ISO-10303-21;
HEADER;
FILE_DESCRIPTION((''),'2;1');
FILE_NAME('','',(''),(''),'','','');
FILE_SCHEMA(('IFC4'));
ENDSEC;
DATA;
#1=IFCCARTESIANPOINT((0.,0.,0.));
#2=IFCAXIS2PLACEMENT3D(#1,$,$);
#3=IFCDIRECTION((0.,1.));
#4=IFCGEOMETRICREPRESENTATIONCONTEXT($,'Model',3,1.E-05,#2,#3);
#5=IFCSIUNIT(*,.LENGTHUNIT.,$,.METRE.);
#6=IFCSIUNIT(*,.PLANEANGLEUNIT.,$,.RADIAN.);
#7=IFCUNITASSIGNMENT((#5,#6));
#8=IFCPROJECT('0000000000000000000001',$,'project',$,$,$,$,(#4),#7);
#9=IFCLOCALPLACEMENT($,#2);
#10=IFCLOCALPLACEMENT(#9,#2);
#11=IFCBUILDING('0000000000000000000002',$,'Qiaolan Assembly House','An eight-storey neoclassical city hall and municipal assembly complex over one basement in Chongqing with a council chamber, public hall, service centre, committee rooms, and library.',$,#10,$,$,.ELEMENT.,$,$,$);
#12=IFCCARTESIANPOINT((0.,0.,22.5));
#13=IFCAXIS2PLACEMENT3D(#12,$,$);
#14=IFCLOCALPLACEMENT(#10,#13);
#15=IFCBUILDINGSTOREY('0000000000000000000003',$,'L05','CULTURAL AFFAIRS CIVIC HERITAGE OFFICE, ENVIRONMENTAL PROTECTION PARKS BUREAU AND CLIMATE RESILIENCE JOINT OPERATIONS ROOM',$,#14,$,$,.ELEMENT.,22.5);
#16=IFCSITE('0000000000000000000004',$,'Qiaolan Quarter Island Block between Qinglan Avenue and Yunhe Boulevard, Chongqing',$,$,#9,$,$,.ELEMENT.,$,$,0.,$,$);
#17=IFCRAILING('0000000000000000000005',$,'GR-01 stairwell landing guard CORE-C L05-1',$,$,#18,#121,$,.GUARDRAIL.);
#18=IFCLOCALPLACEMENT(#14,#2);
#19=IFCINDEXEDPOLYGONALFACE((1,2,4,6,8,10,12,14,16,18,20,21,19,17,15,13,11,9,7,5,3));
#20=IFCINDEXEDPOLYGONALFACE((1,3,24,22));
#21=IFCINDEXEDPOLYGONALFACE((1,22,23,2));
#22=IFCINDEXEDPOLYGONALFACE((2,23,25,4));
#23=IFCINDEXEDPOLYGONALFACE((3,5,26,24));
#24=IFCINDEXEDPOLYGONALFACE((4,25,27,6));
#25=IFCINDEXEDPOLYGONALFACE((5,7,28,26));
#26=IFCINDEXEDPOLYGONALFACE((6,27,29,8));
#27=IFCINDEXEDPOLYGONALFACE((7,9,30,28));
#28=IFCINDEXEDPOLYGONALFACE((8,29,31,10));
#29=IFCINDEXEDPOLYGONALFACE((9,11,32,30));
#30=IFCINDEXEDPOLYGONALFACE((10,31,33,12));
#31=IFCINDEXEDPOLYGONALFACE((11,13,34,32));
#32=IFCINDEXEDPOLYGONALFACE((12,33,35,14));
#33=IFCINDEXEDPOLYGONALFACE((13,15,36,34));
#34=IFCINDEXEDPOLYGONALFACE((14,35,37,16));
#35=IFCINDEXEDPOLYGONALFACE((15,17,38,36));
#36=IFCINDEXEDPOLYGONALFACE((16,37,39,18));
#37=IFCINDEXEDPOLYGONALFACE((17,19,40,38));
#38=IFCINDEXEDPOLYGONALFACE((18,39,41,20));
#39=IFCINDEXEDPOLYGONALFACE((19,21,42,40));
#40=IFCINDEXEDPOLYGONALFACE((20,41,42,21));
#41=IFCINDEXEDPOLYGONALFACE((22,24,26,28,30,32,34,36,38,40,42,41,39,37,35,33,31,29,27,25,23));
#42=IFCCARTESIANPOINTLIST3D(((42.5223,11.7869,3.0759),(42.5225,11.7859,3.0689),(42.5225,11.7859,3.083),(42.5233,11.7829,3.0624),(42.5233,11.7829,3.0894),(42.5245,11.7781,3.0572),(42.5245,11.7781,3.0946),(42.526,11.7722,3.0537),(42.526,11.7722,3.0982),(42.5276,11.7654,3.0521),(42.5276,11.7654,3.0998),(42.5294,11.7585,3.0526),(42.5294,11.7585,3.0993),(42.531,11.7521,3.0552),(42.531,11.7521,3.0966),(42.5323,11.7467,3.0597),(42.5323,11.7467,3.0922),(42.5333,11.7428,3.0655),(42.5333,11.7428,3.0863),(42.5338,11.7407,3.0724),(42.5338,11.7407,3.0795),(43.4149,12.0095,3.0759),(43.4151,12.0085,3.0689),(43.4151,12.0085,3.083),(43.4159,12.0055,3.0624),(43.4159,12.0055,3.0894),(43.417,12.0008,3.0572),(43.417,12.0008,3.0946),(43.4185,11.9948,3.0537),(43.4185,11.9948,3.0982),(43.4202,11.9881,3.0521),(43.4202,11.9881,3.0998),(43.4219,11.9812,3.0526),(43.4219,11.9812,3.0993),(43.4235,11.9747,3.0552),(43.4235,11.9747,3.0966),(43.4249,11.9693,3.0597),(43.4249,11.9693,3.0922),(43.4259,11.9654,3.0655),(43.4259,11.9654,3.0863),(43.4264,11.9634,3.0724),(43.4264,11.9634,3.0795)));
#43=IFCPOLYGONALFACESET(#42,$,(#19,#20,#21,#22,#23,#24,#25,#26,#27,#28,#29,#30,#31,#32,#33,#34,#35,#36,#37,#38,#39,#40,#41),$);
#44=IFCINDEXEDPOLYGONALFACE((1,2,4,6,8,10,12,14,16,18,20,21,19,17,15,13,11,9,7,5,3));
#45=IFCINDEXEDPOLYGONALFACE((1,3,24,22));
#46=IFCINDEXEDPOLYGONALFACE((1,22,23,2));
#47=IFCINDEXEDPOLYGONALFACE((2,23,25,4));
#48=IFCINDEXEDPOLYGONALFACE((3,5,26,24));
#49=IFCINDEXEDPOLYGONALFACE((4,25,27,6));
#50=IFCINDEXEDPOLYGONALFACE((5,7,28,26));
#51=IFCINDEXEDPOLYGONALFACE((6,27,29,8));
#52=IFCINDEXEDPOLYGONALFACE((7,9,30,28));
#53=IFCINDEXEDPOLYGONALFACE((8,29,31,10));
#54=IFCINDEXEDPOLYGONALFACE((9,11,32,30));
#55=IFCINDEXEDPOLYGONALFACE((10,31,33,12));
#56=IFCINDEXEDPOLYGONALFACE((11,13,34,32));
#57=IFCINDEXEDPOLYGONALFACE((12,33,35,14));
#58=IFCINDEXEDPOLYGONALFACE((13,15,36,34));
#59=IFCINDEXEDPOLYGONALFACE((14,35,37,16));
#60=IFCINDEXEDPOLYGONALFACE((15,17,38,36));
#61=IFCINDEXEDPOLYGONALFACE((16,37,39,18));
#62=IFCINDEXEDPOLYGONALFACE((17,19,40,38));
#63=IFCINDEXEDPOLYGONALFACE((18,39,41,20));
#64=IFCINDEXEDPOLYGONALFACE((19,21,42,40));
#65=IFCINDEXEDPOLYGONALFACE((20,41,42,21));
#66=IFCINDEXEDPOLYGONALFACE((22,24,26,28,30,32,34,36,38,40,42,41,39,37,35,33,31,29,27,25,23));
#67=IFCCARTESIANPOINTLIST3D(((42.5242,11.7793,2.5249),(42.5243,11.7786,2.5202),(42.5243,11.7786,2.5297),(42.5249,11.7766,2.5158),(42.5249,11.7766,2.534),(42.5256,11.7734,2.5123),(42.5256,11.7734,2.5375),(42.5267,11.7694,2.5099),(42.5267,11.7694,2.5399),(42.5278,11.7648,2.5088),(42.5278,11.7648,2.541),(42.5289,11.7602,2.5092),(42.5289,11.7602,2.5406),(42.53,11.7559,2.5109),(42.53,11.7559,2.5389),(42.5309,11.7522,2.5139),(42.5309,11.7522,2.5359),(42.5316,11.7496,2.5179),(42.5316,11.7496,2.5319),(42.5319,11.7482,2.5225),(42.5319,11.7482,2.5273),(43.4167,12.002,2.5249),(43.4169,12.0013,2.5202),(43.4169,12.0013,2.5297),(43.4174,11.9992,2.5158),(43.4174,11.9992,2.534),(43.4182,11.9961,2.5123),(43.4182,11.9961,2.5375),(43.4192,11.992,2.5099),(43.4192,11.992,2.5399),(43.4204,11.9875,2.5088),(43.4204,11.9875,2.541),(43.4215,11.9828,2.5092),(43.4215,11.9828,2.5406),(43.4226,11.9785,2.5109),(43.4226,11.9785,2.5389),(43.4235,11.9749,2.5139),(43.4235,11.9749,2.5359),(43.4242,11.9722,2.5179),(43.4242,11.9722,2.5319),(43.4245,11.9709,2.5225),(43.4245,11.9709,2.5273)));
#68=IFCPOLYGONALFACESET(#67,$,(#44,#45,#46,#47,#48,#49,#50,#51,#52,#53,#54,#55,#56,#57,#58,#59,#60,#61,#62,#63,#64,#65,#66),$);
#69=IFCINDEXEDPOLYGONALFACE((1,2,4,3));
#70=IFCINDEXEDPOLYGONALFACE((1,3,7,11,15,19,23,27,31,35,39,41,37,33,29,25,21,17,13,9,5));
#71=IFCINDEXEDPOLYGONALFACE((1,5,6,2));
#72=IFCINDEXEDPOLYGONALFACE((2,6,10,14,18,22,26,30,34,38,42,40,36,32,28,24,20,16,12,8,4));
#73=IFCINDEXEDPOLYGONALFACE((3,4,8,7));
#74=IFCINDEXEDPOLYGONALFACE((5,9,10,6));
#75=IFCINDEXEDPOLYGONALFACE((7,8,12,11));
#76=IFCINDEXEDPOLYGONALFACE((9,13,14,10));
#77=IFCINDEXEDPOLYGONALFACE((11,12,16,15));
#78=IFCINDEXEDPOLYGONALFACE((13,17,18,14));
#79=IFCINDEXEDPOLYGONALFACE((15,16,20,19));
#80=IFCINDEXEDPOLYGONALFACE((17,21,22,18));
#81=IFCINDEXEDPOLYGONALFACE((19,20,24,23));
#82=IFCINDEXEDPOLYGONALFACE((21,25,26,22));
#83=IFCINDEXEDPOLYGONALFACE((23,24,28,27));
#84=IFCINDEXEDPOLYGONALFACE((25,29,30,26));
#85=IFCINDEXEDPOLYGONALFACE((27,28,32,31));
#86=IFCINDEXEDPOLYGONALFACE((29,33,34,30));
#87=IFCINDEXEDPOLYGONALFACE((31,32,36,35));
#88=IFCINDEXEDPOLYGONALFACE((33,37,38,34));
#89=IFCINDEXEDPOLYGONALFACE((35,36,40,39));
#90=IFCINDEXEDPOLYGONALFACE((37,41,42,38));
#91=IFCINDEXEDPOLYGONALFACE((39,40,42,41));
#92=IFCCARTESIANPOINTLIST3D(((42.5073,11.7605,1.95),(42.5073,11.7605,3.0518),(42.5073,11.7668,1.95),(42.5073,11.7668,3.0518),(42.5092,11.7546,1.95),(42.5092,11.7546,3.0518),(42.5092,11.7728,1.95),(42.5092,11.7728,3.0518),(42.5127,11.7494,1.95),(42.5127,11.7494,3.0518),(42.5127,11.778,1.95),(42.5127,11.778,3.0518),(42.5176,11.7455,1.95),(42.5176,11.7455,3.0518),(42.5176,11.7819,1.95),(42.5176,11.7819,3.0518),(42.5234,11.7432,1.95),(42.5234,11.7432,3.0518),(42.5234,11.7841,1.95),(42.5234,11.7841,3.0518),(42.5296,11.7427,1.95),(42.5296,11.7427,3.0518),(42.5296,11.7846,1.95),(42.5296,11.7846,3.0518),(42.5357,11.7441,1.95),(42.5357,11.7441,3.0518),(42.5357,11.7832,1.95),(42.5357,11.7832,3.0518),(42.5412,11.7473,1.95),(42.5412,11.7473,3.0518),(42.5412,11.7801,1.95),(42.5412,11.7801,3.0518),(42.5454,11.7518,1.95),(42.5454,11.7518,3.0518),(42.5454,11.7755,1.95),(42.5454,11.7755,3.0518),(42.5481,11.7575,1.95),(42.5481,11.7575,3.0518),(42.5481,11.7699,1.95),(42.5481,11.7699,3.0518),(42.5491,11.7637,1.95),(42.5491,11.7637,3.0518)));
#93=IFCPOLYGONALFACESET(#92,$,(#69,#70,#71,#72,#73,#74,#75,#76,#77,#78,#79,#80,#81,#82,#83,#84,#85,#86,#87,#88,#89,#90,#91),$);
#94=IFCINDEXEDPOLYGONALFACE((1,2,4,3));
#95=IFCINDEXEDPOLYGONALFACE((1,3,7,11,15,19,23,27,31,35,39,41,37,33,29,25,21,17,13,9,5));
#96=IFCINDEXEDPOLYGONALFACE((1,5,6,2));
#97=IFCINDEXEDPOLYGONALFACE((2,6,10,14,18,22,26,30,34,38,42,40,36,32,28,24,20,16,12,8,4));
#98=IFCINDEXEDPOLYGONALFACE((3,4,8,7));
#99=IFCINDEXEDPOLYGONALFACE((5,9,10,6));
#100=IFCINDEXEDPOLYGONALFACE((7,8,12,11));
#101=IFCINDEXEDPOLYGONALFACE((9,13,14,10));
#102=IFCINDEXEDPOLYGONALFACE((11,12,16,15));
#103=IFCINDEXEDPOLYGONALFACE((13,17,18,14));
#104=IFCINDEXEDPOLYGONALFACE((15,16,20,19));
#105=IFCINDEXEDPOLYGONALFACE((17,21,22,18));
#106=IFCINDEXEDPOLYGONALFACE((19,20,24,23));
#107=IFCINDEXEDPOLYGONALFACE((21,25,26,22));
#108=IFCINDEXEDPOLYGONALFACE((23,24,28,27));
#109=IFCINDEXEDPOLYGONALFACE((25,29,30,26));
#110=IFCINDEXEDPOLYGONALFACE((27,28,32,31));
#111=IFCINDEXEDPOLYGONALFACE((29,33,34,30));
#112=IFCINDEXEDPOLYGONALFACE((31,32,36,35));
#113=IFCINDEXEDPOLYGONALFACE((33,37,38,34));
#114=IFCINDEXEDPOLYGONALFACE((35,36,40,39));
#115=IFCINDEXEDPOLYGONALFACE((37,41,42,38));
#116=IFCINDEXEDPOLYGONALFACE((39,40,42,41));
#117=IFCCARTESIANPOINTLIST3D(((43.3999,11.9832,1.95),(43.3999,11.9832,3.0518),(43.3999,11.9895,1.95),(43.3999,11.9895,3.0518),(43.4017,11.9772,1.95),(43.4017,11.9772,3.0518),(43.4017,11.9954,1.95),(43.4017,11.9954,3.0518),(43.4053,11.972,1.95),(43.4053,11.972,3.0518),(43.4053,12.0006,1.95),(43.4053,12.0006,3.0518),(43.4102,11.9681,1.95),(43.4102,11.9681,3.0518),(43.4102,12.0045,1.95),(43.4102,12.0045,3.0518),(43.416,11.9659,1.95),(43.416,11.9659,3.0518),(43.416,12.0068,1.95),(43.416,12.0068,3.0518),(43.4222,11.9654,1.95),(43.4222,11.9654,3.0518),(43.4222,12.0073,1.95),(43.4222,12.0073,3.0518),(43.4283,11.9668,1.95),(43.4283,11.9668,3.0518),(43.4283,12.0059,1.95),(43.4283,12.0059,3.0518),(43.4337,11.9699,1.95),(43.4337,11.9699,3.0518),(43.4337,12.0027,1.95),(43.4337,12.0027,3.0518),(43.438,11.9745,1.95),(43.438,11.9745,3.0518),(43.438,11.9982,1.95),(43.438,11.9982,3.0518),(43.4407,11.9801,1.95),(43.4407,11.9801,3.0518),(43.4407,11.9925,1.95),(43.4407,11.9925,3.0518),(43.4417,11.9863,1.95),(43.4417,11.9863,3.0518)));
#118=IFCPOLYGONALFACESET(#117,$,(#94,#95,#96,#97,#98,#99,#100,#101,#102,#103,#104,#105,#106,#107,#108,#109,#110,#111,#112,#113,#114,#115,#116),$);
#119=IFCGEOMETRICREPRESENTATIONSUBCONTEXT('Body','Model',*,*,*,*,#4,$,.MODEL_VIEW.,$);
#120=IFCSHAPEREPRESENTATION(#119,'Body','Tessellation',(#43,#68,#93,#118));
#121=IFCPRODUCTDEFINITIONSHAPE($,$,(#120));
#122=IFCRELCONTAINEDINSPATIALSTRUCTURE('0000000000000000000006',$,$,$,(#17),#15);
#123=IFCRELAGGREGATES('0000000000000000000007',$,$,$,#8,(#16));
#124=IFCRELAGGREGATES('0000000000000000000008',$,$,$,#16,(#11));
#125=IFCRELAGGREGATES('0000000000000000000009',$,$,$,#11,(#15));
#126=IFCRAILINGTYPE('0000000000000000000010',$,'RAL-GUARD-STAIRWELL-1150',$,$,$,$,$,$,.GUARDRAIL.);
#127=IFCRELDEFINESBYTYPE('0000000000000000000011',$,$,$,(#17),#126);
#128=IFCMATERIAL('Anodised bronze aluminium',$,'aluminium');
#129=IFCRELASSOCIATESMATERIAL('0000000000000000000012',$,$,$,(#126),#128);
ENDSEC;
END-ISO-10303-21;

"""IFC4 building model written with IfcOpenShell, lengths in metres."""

from ifc_helpers import new_model, si_unit, direction, frame, origin, origin_2d, place, context, subcontext, project, spatial, circle, extrude, material, type_object, element, save


model = new_model("IFC4")

# Units and contexts
model_context = context("Model", 3, precision=1e-05, world=origin(), true_north=direction((0.0, 1.0)))
body_context = subcontext(model_context, "Body", "Model", "MODEL_VIEW")
ifc_project = project(units=[si_unit("LENGTHUNIT", "METRE"), si_unit("PLANEANGLEUNIT", "RADIAN")], contexts=[model_context])

# Site, building, storey
site_placement = place(None, origin())
site = spatial("IfcSite", under=ifc_project, at=site_placement, Name="Qiaolan Quarter Island Block between Qinglan Avenue and Yunhe Boulevard, Chongqing", CompositionType="ELEMENT", RefElevation=0.0)
building_placement = place(site_placement, origin())
building = spatial("IfcBuilding", under=site, at=building_placement, Name="Qiaolan Assembly House", Description="An eight-storey neoclassical city hall and municipal assembly complex over one basement in Chongqing with a council chamber, public hall, service centre, committee rooms, and library.", CompositionType="ELEMENT")
storey_placement = place(building_placement, frame((0.0, 0.0, 22.5)))
storey = spatial("IfcBuildingStorey", under=building, at=storey_placement, Name="L05", Description="CULTURAL AFFAIRS CIVIC HERITAGE OFFICE, ENVIRONMENTAL PROTECTION PARKS BUREAU AND CLIMATE RESILIENCE JOINT OPERATIONS ROOM", CompositionType="ELEMENT", Elevation=22.5)

# Railing
ifc_material_1 = material(Name="Anodised bronze aluminium", Category="aluminium")
railing_type_1 = type_object("IfcRailingType", Name="RAL-GUARD-STAIRWELL-1150", PredefinedType="GUARDRAIL", material=ifc_material_1)
railing_1_placement = place(storey_placement, frame((42.5281, 11.7637, 1.95)))
element("IfcRailing", 1, at=railing_1_placement, inside=storey, type_object=railing_type_1, Name="GR-01 stairwell landing guard CORE-C L05-1", PredefinedType="GUARDRAIL", context=body_context, shape_type="SweptSolid", body=[
    extrude(circle(Radius=0.0239, at=origin_2d()), frame((0.0, 0.0, 1.126), z_axis=(0.970267, 0.242036, 0.0), x_axis=(-0.242036, 0.970267, 0.0)), (0.0, 0.0, 1.0), 0.9199),
    extrude(circle(Radius=0.0161, at=origin_2d()), frame((0.0, 0.0, 0.575), z_axis=(0.970267, 0.242036, 0.0), x_axis=(-0.242036, 0.970267, 0.0)), (0.0, 0.0, 1.0), 0.9199),
    extrude(circle(Radius=0.021, at=origin_2d()), origin(), (0.0, 0.0, 1.0), 1.1018),
    extrude(circle(Radius=0.021, at=origin_2d()), frame((0.8926, 0.2227, 0.0)), (0.0, 0.0, 1.0), 1.1018),
])

save(model, "model.ifc")
